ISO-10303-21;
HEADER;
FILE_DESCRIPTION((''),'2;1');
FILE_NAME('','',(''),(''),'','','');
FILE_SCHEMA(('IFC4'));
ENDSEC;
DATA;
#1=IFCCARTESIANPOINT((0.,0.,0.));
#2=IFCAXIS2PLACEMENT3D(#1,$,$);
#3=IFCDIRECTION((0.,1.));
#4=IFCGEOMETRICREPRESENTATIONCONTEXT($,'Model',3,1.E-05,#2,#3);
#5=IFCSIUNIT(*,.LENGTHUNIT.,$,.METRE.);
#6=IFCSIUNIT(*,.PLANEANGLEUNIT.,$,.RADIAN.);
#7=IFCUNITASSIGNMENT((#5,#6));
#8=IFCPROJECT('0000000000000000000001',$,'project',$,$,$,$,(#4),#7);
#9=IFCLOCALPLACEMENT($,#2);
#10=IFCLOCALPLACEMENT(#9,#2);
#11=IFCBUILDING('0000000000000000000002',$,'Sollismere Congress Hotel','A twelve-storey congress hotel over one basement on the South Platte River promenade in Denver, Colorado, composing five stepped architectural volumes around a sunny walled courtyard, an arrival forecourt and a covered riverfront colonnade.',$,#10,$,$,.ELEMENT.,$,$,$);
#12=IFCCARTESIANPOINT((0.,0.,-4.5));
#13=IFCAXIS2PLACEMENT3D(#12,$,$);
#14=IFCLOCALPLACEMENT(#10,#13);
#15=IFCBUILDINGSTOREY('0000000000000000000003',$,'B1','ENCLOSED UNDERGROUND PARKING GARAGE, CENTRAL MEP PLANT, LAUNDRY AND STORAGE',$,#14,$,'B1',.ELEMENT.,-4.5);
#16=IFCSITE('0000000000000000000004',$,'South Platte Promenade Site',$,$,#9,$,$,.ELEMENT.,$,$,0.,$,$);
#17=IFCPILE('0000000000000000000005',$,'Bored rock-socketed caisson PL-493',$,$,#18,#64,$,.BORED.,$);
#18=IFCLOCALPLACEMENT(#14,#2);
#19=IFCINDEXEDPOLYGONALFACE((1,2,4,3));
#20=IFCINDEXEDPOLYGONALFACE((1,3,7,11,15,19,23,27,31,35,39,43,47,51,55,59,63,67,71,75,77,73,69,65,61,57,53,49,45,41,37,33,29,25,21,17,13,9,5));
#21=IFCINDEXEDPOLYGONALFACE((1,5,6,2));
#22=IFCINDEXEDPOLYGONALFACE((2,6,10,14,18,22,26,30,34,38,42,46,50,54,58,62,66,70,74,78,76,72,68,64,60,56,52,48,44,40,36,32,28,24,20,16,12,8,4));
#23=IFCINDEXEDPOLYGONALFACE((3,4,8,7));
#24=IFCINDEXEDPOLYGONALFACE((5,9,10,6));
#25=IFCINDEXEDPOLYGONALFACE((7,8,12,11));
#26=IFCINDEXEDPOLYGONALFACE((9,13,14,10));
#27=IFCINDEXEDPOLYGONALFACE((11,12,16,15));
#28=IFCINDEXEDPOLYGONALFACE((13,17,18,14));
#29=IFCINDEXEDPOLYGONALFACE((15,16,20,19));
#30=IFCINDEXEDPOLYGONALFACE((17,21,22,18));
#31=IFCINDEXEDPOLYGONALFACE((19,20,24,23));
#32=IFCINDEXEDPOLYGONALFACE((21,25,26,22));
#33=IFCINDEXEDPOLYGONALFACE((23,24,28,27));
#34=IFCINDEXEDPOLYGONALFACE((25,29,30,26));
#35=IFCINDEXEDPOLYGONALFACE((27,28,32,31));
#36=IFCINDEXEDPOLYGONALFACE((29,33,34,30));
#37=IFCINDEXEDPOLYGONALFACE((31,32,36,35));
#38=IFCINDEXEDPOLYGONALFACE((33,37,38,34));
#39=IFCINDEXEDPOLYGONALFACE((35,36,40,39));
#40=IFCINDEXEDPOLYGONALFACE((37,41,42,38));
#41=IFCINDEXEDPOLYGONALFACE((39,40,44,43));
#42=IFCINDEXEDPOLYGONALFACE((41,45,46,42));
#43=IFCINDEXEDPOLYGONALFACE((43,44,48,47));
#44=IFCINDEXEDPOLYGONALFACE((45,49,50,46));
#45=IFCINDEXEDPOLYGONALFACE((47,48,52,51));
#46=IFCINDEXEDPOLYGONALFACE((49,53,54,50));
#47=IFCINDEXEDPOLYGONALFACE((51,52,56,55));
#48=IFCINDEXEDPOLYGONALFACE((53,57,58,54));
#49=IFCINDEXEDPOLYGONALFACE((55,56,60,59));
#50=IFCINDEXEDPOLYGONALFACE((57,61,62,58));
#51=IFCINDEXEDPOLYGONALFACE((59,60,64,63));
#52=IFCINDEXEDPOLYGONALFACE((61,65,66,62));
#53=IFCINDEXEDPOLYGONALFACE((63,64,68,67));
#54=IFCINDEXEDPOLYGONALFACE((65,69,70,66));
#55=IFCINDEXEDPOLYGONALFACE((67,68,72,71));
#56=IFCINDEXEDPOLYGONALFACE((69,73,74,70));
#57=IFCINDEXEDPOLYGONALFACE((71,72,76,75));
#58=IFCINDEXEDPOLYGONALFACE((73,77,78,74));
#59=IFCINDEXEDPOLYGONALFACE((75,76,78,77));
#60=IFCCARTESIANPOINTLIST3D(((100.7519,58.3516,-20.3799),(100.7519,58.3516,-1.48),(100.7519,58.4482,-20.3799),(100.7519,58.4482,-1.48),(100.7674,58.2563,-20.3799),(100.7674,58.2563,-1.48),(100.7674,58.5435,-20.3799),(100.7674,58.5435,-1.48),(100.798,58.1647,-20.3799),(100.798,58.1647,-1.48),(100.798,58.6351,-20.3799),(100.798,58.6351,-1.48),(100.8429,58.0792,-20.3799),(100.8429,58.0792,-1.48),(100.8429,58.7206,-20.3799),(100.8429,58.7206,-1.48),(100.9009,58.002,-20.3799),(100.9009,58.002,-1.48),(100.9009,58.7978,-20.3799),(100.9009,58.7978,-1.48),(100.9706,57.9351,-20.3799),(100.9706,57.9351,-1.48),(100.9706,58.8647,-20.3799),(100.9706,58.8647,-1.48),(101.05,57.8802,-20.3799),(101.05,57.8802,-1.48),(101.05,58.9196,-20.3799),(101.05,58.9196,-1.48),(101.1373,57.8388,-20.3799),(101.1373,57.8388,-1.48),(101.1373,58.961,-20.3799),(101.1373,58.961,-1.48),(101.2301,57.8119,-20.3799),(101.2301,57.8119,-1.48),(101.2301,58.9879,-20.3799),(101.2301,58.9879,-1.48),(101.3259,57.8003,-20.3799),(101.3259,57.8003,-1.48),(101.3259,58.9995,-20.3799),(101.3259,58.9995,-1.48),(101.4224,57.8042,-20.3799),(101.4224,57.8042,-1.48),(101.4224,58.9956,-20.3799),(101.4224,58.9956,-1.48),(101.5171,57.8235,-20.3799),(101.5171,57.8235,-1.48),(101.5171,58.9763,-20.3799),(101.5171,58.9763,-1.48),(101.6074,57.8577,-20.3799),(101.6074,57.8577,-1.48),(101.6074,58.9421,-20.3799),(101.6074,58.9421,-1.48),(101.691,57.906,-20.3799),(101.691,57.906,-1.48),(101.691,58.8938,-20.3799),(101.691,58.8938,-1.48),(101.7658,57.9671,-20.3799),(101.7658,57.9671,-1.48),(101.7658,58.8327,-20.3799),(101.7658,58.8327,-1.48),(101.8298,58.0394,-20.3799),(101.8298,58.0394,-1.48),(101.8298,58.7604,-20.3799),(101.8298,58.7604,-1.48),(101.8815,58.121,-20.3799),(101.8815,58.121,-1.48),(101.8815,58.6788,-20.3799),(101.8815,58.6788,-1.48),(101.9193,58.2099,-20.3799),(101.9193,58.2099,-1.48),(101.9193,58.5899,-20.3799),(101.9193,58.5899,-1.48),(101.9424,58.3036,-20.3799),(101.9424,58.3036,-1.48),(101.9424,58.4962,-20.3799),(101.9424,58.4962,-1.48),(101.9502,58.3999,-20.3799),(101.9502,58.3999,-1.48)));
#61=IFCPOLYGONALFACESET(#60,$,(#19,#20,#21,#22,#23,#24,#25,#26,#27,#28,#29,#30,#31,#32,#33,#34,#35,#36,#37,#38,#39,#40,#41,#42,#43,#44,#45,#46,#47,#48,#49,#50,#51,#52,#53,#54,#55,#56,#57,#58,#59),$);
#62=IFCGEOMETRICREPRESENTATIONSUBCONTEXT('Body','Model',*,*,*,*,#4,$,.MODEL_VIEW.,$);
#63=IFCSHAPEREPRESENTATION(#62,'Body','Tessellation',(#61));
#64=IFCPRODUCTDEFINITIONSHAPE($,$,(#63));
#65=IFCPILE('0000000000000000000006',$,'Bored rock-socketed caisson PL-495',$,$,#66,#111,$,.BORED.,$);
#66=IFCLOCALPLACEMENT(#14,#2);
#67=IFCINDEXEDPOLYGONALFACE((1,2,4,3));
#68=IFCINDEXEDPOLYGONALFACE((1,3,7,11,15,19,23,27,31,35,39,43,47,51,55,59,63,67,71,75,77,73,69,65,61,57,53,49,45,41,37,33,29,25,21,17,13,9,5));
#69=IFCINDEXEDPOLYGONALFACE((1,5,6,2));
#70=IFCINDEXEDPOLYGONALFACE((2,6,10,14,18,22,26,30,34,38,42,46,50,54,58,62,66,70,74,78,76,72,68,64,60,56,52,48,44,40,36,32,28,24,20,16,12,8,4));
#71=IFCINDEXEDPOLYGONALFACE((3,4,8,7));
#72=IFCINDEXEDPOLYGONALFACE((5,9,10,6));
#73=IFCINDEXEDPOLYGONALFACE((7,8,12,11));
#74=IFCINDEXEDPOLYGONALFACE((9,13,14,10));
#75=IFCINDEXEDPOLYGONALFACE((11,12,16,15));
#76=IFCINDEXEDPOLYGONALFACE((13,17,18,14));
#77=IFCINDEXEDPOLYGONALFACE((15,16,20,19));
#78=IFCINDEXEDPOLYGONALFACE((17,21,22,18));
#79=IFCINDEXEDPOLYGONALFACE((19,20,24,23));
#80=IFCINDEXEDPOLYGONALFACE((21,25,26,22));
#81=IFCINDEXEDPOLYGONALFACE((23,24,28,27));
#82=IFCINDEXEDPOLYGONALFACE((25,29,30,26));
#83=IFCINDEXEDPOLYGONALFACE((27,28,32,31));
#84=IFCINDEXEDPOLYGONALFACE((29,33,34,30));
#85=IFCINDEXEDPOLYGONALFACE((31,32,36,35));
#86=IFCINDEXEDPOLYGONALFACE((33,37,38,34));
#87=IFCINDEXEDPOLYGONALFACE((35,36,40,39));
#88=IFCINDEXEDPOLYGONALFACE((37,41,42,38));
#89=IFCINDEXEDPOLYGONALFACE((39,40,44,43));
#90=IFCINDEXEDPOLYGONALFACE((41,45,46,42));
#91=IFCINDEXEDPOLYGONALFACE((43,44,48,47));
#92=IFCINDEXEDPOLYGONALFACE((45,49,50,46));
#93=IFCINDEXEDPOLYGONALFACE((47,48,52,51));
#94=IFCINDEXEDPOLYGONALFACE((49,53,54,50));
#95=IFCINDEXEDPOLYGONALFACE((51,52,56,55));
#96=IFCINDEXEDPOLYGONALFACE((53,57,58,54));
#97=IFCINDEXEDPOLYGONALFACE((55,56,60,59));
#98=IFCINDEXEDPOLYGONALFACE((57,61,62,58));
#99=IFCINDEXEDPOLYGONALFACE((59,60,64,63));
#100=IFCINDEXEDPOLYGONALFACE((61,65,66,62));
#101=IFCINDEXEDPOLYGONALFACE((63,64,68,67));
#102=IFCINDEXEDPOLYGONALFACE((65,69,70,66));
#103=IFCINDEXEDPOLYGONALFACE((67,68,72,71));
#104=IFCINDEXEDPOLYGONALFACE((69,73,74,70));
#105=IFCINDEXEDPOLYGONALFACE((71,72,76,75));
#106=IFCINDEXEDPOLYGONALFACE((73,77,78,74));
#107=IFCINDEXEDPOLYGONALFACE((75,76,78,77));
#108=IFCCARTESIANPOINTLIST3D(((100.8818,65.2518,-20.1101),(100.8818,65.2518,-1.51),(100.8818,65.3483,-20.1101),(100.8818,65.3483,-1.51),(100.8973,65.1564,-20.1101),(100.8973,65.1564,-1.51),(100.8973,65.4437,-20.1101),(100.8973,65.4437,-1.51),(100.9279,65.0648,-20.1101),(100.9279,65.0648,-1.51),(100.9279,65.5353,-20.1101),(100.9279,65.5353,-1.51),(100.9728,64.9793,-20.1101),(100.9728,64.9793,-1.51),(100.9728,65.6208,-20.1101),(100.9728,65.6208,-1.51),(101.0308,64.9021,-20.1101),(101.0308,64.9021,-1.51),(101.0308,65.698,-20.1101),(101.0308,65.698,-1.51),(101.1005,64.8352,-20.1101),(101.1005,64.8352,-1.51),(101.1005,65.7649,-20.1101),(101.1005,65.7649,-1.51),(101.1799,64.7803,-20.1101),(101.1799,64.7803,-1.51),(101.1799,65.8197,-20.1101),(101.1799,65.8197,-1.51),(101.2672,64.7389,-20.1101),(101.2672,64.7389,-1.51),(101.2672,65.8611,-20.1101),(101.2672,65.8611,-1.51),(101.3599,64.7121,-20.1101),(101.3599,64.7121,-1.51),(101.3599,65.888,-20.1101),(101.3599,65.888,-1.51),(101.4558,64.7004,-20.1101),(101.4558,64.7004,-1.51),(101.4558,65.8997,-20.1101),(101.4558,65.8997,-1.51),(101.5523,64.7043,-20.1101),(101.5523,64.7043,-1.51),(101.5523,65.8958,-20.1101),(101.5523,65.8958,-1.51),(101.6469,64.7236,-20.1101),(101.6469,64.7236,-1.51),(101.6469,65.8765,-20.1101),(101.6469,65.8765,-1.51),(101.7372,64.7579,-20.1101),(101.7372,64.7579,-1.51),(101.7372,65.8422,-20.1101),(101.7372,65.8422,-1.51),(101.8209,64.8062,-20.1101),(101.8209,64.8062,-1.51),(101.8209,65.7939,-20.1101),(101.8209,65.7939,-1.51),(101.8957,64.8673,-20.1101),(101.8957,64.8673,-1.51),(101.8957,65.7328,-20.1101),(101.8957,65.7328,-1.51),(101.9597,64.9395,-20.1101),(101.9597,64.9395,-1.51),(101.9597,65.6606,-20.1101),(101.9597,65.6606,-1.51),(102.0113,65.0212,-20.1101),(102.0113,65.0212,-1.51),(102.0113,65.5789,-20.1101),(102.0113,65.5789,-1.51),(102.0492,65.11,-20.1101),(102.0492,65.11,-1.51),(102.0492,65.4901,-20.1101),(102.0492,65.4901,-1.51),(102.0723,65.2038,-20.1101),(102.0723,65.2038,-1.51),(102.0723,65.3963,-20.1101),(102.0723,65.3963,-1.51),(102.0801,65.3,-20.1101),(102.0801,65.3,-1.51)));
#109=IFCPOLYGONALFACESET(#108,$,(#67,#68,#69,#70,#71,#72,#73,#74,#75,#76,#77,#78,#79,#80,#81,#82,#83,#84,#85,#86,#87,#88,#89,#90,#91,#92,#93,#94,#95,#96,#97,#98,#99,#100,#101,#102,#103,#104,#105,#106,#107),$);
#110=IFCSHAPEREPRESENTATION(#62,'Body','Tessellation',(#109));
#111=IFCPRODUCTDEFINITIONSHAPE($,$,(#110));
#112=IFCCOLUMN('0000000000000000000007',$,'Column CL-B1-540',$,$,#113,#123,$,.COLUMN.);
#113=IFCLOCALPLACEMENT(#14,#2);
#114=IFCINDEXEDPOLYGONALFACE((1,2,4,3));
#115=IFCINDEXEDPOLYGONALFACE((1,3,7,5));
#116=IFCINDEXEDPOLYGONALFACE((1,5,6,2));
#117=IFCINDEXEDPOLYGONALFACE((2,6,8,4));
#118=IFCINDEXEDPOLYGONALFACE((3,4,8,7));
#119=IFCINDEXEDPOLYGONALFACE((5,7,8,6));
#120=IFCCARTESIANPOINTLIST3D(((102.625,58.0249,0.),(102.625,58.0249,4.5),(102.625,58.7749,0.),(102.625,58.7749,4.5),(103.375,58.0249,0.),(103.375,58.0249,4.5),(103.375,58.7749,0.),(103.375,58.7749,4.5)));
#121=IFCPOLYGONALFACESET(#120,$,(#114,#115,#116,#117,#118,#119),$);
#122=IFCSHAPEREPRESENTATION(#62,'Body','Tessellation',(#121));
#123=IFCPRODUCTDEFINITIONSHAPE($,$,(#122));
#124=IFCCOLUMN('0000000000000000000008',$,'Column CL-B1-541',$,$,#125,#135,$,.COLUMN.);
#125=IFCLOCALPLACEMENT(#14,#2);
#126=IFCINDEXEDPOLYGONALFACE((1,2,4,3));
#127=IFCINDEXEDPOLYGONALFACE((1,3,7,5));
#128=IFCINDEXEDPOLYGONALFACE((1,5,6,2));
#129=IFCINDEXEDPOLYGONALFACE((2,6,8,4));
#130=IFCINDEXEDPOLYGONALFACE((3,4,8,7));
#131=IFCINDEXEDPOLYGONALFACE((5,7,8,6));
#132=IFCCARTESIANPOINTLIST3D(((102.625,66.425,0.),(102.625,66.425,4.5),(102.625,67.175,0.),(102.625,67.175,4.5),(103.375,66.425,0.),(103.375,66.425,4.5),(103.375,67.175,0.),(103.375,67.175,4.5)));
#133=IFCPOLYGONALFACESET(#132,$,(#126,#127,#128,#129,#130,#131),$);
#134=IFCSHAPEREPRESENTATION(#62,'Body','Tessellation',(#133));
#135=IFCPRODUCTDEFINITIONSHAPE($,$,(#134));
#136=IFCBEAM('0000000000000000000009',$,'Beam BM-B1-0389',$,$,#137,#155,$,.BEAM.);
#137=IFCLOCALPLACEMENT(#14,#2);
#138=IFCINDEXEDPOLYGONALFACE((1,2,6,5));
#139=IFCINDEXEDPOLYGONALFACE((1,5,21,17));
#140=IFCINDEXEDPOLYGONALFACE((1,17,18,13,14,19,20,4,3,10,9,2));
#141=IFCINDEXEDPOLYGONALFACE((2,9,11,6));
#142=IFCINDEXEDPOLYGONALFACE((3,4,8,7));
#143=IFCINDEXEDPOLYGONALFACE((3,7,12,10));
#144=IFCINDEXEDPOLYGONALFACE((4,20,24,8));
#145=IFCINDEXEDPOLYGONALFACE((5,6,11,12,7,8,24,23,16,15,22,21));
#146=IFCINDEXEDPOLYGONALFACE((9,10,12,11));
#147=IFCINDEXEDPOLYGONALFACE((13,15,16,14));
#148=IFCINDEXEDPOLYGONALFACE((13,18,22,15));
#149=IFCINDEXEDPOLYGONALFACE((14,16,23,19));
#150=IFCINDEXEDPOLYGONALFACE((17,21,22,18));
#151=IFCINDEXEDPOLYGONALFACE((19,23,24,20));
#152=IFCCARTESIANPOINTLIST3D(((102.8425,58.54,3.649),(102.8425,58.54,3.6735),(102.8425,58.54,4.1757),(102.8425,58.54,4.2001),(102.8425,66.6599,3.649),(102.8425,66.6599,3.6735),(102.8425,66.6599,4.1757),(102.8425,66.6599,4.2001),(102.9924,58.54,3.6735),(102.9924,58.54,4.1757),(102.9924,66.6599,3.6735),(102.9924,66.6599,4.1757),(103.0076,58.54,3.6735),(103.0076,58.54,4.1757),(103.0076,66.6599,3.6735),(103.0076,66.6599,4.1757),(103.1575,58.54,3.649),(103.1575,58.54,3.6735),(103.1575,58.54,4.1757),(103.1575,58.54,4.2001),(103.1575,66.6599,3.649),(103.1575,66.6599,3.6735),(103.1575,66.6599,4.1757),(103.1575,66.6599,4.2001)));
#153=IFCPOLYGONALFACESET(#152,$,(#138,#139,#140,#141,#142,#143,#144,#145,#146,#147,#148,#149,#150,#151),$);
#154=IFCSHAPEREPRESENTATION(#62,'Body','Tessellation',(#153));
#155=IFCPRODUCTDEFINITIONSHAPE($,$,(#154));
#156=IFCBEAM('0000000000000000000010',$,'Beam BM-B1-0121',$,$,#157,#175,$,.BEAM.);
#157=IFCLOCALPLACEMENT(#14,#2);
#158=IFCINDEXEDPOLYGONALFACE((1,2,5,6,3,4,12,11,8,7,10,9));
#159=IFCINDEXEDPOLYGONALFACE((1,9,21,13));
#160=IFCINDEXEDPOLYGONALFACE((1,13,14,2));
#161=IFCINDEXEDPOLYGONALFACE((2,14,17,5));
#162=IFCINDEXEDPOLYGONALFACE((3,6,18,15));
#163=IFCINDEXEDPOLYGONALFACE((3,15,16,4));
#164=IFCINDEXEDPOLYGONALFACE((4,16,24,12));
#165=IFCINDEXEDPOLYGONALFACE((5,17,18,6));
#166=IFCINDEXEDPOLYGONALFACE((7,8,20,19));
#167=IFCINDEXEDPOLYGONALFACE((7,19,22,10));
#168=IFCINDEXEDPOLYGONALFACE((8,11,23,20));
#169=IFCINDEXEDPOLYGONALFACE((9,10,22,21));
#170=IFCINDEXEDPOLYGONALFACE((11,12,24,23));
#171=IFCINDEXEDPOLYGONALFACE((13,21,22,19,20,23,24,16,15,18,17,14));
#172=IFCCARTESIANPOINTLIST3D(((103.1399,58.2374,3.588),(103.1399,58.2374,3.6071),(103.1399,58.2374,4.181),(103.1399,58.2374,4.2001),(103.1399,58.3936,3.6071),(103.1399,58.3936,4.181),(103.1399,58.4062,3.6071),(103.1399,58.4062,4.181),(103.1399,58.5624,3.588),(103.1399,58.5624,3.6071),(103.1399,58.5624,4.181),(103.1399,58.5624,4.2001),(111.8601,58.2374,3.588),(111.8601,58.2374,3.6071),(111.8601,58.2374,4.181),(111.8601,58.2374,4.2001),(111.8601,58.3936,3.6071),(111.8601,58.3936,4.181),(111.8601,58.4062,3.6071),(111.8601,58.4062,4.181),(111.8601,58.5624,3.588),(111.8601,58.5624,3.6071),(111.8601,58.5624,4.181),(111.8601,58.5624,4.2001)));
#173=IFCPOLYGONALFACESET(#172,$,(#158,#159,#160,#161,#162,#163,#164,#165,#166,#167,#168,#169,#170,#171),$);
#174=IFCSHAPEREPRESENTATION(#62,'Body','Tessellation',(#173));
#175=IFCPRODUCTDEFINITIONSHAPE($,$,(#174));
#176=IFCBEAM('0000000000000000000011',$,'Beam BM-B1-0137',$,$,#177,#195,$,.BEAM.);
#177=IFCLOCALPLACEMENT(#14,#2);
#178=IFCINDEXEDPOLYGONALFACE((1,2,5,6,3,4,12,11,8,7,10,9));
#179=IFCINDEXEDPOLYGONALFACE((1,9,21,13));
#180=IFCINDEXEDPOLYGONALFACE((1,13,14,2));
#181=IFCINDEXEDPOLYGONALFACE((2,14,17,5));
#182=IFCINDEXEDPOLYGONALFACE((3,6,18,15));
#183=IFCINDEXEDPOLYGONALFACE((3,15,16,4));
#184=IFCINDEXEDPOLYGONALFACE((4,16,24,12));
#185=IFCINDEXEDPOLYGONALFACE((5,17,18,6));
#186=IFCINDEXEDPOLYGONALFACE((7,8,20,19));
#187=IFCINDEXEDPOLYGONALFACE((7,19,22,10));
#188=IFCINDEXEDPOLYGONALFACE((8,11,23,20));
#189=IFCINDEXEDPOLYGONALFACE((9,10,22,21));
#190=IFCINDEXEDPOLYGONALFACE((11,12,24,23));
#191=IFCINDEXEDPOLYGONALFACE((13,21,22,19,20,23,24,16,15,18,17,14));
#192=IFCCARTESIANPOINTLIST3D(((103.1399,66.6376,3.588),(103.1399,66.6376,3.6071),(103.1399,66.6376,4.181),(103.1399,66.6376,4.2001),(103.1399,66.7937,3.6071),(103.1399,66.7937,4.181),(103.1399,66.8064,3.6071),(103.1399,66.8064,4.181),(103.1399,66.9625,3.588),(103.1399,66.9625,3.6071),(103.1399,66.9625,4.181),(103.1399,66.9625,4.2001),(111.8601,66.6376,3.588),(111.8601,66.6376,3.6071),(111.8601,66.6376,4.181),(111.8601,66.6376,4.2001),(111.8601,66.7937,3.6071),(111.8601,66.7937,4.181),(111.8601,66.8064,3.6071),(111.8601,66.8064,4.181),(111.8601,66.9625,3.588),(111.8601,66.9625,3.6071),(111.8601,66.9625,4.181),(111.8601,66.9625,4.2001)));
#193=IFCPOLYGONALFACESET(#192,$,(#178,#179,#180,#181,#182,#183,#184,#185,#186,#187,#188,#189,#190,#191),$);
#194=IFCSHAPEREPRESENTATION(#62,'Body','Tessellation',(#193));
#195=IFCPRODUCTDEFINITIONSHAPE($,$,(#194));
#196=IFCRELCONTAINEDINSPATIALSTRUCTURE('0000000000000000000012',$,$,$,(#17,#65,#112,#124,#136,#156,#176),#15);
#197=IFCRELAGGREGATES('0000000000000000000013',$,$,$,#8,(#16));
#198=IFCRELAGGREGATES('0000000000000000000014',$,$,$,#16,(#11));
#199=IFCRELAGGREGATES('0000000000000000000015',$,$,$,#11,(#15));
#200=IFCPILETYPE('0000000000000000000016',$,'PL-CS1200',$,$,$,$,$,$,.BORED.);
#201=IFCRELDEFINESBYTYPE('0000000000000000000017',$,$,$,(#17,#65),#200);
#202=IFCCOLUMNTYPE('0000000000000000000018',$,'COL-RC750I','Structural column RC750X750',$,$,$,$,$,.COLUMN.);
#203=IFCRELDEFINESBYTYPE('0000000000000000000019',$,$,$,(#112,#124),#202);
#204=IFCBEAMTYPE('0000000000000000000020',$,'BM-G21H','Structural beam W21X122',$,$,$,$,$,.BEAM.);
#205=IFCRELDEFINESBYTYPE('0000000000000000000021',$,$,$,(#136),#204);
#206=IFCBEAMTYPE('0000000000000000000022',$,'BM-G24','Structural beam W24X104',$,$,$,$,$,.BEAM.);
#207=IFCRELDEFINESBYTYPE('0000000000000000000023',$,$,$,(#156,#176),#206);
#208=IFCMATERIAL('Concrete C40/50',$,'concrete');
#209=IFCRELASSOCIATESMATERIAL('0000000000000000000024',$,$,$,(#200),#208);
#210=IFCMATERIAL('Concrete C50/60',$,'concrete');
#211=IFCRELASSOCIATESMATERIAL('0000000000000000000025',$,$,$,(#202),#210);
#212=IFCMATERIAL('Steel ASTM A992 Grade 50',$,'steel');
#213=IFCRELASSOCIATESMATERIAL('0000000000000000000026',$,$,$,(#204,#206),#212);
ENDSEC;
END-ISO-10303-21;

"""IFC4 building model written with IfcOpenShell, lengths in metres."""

from ifc_helpers import new_model, si_unit, direction, frame, origin, origin_2d, place, context, subcontext, project, spatial, rectangle, circle, i_section, extrude, material, material_profile, profile_set, type_object, element, save


model = new_model("IFC4")

# Units and contexts
model_context = context("Model", 3, precision=1e-05, world=origin(), true_north=direction((0.0, 1.0)))
body_context = subcontext(model_context, "Body", "Model", "MODEL_VIEW")
ifc_project = project(units=[si_unit("LENGTHUNIT", "METRE"), si_unit("PLANEANGLEUNIT", "RADIAN")], contexts=[model_context])

# Site, building, storey
site_placement = place(None, origin())
site = spatial("IfcSite", under=ifc_project, at=site_placement, Name="South Platte Promenade Site", CompositionType="ELEMENT", RefElevation=0.0)
building_placement = place(site_placement, origin())
building = spatial("IfcBuilding", under=site, at=building_placement, Name="Sollismere Congress Hotel", Description="A twelve-storey congress hotel over one basement on the South Platte River promenade in Denver, Colorado, composing five stepped architectural volumes around a sunny walled courtyard, an arrival forecourt and a covered riverfront colonnade.", CompositionType="ELEMENT")
storey_placement = place(building_placement, frame((0.0, 0.0, -4.5)))
storey = spatial("IfcBuildingStorey", under=building, at=storey_placement, Name="B1", Description="ENCLOSED UNDERGROUND PARKING GARAGE, CENTRAL MEP PLANT, LAUNDRY AND STORAGE", LongName="B1", CompositionType="ELEMENT", Elevation=-4.5)

# Shared definitions
ifc_material_1 = material(Name="Concrete C40/50", Category="concrete")

# Piles
ifc_material_profile_1 = material_profile(ifc_material_1, circle(Radius=0.6001, at=origin_2d()), Name="CAISSON1200")
ifc_profile_set_1 = profile_set([ifc_material_profile_1], Name="Concrete C40/50")
pile_type = type_object("IfcPileType", Name="PL-CS1200", PredefinedType="BORED", material=ifc_profile_set_1)
for number, where, z_axis, x_axis, name in (
    (1, (101.3501, 58.3999, -1.48), (0.0, 0.0, -1.0), (1.0, 0.0, 0.0), "Bored rock-socketed caisson PL-493"),
):
    element("IfcPile", number, at=place(storey_placement, frame(where, z_axis=z_axis, x_axis=x_axis)), inside=storey, type_object=pile_type, Name=name, PredefinedType="BORED", context=body_context, shape_type="SweptSolid", body=[
        extrude(circle(Radius=0.6001, at=origin_2d()), origin(), (0.0, 0.0, 1.0), 18.8999),
    ])
pile_1_placement = place(storey_placement, frame((101.48, 65.3, -1.51), z_axis=(0.0, 0.0, -1.0), x_axis=(1.0, 0.0, 0.0)))
element("IfcPile", 2, at=pile_1_placement, inside=storey, type_object=pile_type, Name="Bored rock-socketed caisson PL-495", PredefinedType="BORED", context=body_context, shape_type="SweptSolid", body=[
    extrude(circle(Radius=0.6001, at=origin_2d()), origin(), (0.0, 0.0, 1.0), 18.6001),
])

# Columns
ifc_material_2 = material(Name="Concrete C50/60", Category="concrete")
ifc_material_profile_2 = material_profile(ifc_material_2, rectangle(XDim=0.75, YDim=0.75, at=origin_2d()), Name="RC750X750")
ifc_profile_set_2 = profile_set([ifc_material_profile_2], Name="Concrete C50/60")
column_type = type_object("IfcColumnType", Name="COL-RC750I", Description="Structural column RC750X750", PredefinedType="COLUMN", material=ifc_profile_set_2)
for number, where, z_axis, x_axis, name in (
    (3, (103.0, 58.3999, 0.0), (0.0, 0.0, 1.0), (1.0, 0.0, 0.0), "Column CL-B1-540"),
    (4, (103.0, 66.8, 0.0), (0.0, 0.0, 1.0), (0.0, 1.0, 0.0), "Column CL-B1-541"),
):
    element("IfcColumn", number, at=place(storey_placement, frame(where, z_axis=z_axis, x_axis=x_axis)), inside=storey, type_object=column_type, Name=name, PredefinedType="COLUMN", context=body_context, shape_type="SweptSolid", body=[
        extrude(rectangle(XDim=0.75, YDim=0.75, at=origin_2d()), origin(), (0.0, 0.0, 1.0), 4.5),
    ])

# Beams
ifc_material_3 = material(Name="Steel ASTM A992 Grade 50", Category="steel")
ifc_material_profile_3 = material_profile(ifc_material_3, i_section(OverallWidth=0.3149, OverallDepth=0.551, WebThickness=0.0151, FlangeThickness=0.0244, at=origin_2d()), Name="W21X122")
ifc_profile_set_3 = profile_set([ifc_material_profile_3], Name="Steel ASTM A992 Grade 50")
beam_type_1 = type_object("IfcBeamType", Name="BM-G21H", Description="Structural beam W21X122", PredefinedType="BEAM", material=ifc_profile_set_3)
beam_placement = place(storey_placement, frame((103.0, 58.54, 3.9246), z_axis=(0.0, 1.0, 0.0), x_axis=(-1.0, 0.0, 0.0)))
element("IfcBeam", 5, at=beam_placement, inside=storey, type_object=beam_type_1, Name="Beam BM-B1-0389", PredefinedType="BEAM", context=body_context, shape_type="SweptSolid", body=[
    extrude(i_section(OverallWidth=0.3149, OverallDepth=0.551, WebThickness=0.0151, FlangeThickness=0.0244, at=origin_2d()), origin(), (0.0, 0.0, 1.0), 8.1199),
])
ifc_material_profile_4 = material_profile(ifc_material_3, i_section(OverallWidth=0.325, OverallDepth=0.6121, WebThickness=0.0127, FlangeThickness=0.019, at=origin_2d()), Name="W24X104")
ifc_profile_set_4 = profile_set([ifc_material_profile_4], Name="Steel ASTM A992 Grade 50")
beam_type_2 = type_object("IfcBeamType", Name="BM-G24", Description="Structural beam W24X104", PredefinedType="BEAM", material=ifc_profile_set_4)
for number, where, z_axis, x_axis, name in (
    (6, (103.1399, 58.3999, 3.894), (1.0, 0.0, 0.0), (0.0, 1.0, 0.0), "Beam BM-B1-0121"),
    (7, (103.1399, 66.8, 3.894), (1.0, 0.0, 0.0), (0.0, 1.0, 0.0), "Beam BM-B1-0137"),
):
    element("IfcBeam", number, at=place(storey_placement, frame(where, z_axis=z_axis, x_axis=x_axis)), inside=storey, type_object=beam_type_2, Name=name, PredefinedType="BEAM", context=body_context, shape_type="SweptSolid", body=[
        extrude(i_section(OverallWidth=0.325, OverallDepth=0.6121, WebThickness=0.0127, FlangeThickness=0.019, at=origin_2d()), origin(), (0.0, 0.0, 1.0), 8.7202),
    ])

save(model, "model.ifc")
